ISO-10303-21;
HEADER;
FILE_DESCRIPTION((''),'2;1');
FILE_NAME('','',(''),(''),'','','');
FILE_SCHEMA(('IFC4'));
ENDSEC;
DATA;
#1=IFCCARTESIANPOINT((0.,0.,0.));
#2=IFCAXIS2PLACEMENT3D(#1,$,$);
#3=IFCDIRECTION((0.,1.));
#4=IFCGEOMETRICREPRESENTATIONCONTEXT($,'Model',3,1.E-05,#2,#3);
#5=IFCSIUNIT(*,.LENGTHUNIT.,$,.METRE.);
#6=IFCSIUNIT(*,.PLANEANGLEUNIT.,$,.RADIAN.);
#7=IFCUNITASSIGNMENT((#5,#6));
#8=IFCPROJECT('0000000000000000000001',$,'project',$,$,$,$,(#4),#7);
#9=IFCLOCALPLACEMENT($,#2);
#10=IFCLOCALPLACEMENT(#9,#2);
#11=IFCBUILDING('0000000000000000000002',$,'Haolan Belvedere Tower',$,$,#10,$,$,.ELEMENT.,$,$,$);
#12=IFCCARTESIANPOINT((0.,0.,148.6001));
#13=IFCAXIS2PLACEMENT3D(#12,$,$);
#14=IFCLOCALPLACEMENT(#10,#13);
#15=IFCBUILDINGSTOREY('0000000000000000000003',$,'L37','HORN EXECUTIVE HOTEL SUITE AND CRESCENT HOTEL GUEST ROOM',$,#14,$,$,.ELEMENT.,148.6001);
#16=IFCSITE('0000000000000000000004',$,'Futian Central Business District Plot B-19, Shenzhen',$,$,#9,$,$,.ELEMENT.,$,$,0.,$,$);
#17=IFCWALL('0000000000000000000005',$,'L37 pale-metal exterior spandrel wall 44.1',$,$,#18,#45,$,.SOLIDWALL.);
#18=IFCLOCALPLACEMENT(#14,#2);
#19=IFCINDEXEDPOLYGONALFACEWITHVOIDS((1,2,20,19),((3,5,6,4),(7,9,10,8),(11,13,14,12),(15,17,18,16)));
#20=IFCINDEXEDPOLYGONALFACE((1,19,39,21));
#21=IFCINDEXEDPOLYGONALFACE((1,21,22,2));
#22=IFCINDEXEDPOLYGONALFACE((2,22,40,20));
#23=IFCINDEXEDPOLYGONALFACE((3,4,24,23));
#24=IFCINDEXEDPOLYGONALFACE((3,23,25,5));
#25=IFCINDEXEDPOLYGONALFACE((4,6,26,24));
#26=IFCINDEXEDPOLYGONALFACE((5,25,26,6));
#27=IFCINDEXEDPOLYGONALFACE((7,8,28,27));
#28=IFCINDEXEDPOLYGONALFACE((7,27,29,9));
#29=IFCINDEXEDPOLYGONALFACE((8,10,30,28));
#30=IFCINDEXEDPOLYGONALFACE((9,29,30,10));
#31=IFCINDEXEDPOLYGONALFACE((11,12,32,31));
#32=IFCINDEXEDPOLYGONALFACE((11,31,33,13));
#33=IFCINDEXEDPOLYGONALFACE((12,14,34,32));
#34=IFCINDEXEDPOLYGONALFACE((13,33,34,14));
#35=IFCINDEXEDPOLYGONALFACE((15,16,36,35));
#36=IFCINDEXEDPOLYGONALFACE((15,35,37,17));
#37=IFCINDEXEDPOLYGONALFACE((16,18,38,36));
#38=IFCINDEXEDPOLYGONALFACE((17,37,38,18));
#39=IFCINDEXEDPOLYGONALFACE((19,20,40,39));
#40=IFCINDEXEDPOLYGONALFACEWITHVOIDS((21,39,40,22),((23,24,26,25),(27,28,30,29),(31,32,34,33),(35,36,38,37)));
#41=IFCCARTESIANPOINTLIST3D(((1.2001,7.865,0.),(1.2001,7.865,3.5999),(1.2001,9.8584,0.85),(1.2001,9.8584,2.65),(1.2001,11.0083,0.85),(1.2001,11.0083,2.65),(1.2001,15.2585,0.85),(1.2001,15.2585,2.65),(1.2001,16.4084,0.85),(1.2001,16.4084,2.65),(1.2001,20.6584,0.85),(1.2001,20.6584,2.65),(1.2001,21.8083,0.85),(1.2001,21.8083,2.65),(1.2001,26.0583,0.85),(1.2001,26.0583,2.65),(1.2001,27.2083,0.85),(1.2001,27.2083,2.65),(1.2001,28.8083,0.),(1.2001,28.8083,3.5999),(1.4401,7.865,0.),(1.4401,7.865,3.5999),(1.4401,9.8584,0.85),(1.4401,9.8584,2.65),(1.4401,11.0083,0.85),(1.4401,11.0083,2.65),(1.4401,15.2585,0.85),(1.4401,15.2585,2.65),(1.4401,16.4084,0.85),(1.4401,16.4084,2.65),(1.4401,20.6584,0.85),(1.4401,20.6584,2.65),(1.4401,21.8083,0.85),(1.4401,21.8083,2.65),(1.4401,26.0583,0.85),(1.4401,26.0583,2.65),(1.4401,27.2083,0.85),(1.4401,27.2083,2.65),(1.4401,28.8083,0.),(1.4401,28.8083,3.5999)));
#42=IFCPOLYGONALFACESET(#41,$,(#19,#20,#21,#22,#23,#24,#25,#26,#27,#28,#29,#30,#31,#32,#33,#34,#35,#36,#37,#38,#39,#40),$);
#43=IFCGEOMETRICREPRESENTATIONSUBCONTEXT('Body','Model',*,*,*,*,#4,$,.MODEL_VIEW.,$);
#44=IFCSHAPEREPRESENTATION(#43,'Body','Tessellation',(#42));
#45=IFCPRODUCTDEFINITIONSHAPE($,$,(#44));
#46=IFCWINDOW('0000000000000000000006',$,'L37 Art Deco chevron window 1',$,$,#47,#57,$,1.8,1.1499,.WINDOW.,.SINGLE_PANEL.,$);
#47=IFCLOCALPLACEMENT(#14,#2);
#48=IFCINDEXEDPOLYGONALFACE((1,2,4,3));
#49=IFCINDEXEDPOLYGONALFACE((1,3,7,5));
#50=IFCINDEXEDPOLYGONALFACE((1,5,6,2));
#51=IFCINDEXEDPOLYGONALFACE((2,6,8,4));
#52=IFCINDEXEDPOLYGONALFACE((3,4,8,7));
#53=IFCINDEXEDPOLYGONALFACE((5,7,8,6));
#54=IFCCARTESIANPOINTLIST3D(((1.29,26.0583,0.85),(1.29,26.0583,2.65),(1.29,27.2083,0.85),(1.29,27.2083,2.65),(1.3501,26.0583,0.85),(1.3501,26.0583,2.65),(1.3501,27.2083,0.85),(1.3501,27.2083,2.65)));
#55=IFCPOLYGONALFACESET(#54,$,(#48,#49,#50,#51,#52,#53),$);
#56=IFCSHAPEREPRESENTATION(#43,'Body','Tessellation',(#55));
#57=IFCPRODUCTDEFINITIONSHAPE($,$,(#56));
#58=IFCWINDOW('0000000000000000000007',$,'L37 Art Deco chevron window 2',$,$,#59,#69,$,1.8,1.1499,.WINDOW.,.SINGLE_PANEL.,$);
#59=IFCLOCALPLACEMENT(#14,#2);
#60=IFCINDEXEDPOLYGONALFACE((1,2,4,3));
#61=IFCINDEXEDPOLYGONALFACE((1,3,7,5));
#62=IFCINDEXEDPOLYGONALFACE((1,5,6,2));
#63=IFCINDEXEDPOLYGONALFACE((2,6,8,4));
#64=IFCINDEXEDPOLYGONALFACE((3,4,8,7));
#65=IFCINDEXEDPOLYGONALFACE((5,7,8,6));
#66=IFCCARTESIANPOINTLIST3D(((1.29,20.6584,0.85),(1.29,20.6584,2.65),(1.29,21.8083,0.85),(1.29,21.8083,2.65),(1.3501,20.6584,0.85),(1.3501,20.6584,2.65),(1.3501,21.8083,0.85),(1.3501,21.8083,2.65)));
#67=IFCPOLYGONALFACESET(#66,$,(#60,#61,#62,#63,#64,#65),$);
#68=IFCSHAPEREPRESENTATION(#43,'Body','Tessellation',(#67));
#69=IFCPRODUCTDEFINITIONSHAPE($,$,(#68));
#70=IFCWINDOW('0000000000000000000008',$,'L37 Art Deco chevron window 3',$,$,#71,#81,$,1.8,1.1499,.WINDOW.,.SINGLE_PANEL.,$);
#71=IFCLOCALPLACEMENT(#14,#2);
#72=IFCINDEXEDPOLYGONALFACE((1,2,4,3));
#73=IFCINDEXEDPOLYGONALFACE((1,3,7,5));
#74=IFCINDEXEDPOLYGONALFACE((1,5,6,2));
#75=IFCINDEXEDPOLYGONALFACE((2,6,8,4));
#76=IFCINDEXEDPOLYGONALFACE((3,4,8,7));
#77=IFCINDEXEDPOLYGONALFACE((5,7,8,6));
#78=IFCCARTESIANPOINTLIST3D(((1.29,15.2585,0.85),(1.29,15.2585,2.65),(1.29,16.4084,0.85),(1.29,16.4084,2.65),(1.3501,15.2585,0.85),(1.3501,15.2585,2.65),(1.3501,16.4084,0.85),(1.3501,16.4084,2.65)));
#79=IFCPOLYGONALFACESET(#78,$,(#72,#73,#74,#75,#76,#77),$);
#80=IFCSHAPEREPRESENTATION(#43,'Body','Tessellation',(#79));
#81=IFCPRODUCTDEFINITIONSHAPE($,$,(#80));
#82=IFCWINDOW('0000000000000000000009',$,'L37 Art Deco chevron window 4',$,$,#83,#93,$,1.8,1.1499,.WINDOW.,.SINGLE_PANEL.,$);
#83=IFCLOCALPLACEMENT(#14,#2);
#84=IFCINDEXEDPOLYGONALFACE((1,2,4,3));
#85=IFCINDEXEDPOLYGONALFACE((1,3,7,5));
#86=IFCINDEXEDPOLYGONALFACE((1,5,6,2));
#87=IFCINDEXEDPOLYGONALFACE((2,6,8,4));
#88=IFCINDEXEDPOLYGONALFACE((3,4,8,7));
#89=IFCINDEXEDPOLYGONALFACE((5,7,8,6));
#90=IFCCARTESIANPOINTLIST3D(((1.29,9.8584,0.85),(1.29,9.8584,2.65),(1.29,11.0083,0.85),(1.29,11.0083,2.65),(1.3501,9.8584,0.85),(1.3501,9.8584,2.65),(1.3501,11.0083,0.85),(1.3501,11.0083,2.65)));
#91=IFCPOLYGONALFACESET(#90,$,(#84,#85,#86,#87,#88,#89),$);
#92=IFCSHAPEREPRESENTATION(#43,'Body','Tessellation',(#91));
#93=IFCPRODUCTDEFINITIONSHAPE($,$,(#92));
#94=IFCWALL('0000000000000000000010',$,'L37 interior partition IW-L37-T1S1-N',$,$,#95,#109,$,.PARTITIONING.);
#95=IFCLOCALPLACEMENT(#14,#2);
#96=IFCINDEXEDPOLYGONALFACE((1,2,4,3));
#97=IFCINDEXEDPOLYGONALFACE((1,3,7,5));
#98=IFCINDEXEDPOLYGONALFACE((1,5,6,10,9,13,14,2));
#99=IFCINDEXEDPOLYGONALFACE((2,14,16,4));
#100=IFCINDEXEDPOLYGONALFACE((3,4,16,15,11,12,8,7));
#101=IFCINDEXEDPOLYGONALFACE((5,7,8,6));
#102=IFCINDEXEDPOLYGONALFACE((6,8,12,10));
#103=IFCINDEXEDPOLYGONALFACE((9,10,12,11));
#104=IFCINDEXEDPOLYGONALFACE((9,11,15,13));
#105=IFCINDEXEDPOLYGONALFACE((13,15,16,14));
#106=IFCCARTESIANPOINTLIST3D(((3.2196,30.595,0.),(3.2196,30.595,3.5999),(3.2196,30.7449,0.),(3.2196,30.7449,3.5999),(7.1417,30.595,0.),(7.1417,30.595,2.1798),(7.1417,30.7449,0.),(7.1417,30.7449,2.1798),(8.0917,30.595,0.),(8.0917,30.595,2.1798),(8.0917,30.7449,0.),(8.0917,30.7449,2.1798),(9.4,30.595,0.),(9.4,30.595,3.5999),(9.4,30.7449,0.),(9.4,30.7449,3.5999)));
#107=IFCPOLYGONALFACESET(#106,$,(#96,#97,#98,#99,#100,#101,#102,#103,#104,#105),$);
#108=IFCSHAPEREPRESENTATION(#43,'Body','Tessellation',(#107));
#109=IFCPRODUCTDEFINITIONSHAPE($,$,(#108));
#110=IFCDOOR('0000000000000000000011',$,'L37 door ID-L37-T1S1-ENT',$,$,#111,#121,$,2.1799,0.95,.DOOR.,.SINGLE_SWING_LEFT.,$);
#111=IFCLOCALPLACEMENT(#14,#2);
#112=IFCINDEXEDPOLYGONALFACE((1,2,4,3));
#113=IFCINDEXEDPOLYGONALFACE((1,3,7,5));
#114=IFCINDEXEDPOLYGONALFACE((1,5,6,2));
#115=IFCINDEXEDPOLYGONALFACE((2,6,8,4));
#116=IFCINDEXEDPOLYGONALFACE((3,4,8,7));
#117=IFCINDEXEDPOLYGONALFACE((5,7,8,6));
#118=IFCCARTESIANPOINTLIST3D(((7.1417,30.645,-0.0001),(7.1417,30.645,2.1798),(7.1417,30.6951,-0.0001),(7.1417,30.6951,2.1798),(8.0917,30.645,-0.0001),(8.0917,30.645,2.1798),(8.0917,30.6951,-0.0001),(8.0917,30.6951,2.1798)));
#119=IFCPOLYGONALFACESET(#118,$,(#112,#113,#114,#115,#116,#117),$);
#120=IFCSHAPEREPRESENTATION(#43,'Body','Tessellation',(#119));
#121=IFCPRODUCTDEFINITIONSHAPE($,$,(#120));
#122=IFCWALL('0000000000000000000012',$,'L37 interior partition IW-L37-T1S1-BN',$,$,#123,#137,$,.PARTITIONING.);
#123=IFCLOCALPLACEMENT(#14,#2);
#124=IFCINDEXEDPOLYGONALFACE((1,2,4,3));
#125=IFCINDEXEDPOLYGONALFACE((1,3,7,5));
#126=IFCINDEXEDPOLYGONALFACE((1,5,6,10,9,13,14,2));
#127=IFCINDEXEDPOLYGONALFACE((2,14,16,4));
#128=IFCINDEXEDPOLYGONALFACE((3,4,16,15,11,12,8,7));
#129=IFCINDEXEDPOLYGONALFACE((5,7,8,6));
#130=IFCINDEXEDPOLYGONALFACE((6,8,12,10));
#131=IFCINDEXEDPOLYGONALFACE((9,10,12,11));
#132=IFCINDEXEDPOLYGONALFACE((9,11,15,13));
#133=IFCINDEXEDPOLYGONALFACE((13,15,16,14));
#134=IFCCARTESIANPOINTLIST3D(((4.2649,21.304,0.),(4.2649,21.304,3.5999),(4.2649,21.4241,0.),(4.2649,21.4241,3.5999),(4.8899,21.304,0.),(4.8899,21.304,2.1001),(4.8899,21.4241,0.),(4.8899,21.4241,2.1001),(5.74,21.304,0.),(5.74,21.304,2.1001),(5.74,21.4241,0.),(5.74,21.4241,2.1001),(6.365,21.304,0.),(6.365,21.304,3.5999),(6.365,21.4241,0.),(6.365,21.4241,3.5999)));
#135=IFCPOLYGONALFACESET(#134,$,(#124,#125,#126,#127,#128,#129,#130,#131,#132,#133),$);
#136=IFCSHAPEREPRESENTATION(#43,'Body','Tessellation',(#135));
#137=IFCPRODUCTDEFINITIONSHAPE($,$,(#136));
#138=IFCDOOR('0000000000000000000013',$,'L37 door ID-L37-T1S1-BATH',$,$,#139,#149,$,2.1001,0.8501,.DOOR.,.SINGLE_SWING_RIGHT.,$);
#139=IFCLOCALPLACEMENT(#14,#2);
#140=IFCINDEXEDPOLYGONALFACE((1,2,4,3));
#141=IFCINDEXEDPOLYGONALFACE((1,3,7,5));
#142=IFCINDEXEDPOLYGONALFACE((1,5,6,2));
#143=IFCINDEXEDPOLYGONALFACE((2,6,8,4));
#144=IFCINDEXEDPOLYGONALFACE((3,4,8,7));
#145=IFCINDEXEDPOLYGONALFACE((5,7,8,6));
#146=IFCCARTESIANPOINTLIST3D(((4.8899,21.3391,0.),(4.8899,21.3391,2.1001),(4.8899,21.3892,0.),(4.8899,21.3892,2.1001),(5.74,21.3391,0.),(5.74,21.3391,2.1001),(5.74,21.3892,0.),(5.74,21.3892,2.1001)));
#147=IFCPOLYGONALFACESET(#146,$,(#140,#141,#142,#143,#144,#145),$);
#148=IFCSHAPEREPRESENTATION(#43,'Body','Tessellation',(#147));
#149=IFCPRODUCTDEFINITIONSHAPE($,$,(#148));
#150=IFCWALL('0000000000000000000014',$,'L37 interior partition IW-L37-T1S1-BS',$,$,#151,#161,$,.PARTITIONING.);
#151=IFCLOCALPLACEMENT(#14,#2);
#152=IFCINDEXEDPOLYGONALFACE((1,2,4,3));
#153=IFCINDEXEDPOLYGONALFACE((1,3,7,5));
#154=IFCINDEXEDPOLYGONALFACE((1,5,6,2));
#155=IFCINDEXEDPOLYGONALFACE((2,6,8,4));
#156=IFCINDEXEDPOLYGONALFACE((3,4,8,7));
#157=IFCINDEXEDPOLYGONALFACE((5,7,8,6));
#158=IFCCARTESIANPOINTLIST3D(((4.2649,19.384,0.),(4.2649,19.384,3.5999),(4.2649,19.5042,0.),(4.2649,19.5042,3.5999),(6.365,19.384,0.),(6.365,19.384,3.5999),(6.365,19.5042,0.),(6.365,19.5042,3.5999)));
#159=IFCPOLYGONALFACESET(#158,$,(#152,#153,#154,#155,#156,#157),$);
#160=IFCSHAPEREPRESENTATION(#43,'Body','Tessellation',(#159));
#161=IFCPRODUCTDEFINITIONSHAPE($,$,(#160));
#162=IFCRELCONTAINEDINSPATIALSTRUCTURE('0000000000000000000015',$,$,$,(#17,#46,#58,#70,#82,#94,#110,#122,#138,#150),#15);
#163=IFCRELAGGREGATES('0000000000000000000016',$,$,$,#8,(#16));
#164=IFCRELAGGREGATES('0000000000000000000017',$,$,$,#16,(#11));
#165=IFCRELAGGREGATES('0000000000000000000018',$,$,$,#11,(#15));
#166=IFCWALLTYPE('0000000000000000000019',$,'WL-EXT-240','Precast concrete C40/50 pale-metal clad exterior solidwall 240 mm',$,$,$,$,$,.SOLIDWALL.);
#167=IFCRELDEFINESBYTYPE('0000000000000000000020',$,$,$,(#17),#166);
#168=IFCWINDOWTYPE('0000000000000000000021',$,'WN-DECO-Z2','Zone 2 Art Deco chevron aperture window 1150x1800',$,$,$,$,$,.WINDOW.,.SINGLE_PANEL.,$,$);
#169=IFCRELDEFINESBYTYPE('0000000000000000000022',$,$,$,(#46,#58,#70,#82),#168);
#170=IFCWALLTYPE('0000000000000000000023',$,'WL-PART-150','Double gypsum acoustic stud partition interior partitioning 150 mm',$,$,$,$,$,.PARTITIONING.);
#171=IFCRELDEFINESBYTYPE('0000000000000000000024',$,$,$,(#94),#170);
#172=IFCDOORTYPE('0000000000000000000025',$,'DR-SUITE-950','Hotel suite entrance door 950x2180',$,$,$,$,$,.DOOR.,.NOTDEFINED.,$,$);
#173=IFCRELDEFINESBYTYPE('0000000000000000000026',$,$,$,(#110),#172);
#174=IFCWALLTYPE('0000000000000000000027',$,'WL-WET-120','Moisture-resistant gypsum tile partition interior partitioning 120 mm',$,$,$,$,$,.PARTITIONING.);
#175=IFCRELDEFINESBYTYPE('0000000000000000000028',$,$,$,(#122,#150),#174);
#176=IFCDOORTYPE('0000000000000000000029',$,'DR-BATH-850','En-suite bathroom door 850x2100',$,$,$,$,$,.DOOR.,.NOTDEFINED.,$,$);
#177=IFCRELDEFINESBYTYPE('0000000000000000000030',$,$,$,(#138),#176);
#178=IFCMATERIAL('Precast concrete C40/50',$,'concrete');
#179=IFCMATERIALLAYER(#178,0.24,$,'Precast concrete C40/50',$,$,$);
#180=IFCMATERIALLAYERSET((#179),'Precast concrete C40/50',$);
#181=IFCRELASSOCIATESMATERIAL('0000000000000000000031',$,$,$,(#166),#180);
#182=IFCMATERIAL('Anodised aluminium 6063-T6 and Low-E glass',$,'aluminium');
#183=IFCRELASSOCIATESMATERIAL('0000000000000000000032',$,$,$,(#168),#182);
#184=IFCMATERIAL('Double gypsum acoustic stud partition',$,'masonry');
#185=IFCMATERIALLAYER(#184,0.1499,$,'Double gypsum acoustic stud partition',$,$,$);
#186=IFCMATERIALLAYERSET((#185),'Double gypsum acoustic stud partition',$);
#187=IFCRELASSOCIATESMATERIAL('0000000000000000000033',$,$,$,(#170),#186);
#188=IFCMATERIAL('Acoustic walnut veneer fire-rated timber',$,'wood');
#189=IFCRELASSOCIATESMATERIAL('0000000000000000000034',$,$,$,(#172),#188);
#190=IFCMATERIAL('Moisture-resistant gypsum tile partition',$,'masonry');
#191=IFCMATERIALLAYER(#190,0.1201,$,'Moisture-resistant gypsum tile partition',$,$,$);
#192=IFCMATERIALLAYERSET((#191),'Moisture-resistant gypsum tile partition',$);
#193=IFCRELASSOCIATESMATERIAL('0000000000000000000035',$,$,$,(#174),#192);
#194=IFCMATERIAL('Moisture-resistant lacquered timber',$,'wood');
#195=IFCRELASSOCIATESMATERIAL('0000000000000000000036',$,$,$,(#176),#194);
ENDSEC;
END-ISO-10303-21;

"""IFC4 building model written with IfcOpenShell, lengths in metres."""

from ifc_helpers import new_model, si_unit, direction, frame, frame_2d, origin, place, context, subcontext, project, spatial, rectangle, extrude, material, layer, layer_set, type_object, element, fill, save


model = new_model("IFC4")

# Units and contexts
model_context = context("Model", 3, precision=1e-05, world=origin(), true_north=direction((0.0, 1.0)))
body_context = subcontext(model_context, "Body", "Model", "MODEL_VIEW")
ifc_project = project(units=[si_unit("LENGTHUNIT", "METRE"), si_unit("PLANEANGLEUNIT", "RADIAN")], contexts=[model_context])

# Site, building, storey
site_placement = place(None, origin())
site = spatial("IfcSite", under=ifc_project, at=site_placement, Name="Futian Central Business District Plot B-19, Shenzhen", CompositionType="ELEMENT", RefElevation=0.0)
building_placement = place(site_placement, origin())
building = spatial("IfcBuilding", under=site, at=building_placement, Name="Haolan Belvedere Tower", CompositionType="ELEMENT")
storey_placement = place(building_placement, frame((0.0, 0.0, 148.6001)))
storey = spatial("IfcBuildingStorey", under=building, at=storey_placement, Name="L37", Description="HORN EXECUTIVE HOTEL SUITE AND CRESCENT HOTEL GUEST ROOM", CompositionType="ELEMENT", Elevation=148.6001)

# Wall, openings, windows
ifc_material_1 = material(Name="Precast concrete C40/50", Category="concrete")
ifc_layer_1 = layer(ifc_material_1, 0.24, Name="Precast concrete C40/50")
ifc_layer_set_1 = layer_set([ifc_layer_1], Name="Precast concrete C40/50")
wall_type_1 = type_object("IfcWallType", Name="WL-EXT-240", Description="Precast concrete C40/50 pale-metal clad exterior solidwall 240 mm", PredefinedType="SOLIDWALL", material=ifc_layer_set_1)
wall_1_placement = place(storey_placement, frame((1.3201, 28.8083, 0.0), z_axis=(0.0, 0.0, 1.0), x_axis=(0.0, -1.0, 0.0)))
wall_1 = element("IfcWall", 1, at=wall_1_placement, inside=storey, type_object=wall_type_1, Name="L37 pale-metal exterior spandrel wall 44.1", PredefinedType="SOLIDWALL", context=body_context, shape_type="SweptSolid", body=[
    extrude(rectangle(XDim=20.9434, YDim=0.24, at=frame_2d((10.4717, 0.0))), origin(), (0.0, 0.0, 1.0), 3.5999),
])
opening_1_placement = place(wall_1_placement, frame((1.6001, 0.0, 0.8501)))
opening_1 = element("IfcOpeningElement", 2, at=opening_1_placement, cuts=wall_1, PredefinedType="OPENING", context=body_context, shape_type="SweptSolid", body=[
    extrude(rectangle(XDim=1.1499, YDim=1.8, at=frame_2d((0.575, 0.8999))), frame((0.0, 0.1299, 0.0), z_axis=(0.0, -1.0, 0.0), x_axis=(1.0, 0.0, 0.0)), (0.0, 0.0, 1.0), 0.26),
])
opening_2_placement = place(wall_1_placement, frame((7.0, 0.0, 0.8501)))
opening_2 = element("IfcOpeningElement", 3, at=opening_2_placement, cuts=wall_1, PredefinedType="OPENING", context=body_context, shape_type="SweptSolid", body=[
    extrude(rectangle(XDim=1.1499, YDim=1.8, at=frame_2d((0.575, 0.8999))), frame((0.0, 0.1299, 0.0), z_axis=(0.0, -1.0, 0.0), x_axis=(1.0, 0.0, 0.0)), (0.0, 0.0, 1.0), 0.26),
])
opening_3_placement = place(wall_1_placement, frame((12.3999, 0.0, 0.8501)))
opening_3 = element("IfcOpeningElement", 4, at=opening_3_placement, cuts=wall_1, PredefinedType="OPENING", context=body_context, shape_type="SweptSolid", body=[
    extrude(rectangle(XDim=1.1499, YDim=1.8, at=frame_2d((0.575, 0.8999))), frame((0.0, 0.1299, 0.0), z_axis=(0.0, -1.0, 0.0), x_axis=(1.0, 0.0, 0.0)), (0.0, 0.0, 1.0), 0.26),
])
opening_4_placement = place(wall_1_placement, frame((17.8, 0.0, 0.8501)))
opening_4 = element("IfcOpeningElement", 5, at=opening_4_placement, cuts=wall_1, PredefinedType="OPENING", context=body_context, shape_type="SweptSolid", body=[
    extrude(rectangle(XDim=1.1499, YDim=1.8, at=frame_2d((0.575, 0.8999))), frame((0.0, 0.1299, 0.0), z_axis=(0.0, -1.0, 0.0), x_axis=(1.0, 0.0, 0.0)), (0.0, 0.0, 1.0), 0.26),
])
ifc_material_2 = material(Name="Anodised aluminium 6063-T6 and Low-E glass", Category="aluminium")
window_type = type_object("IfcWindowType", Name="WN-DECO-Z2", Description="Zone 2 Art Deco chevron aperture window 1150x1800", PartitioningType="SINGLE_PANEL", PredefinedType="WINDOW", material=ifc_material_2)
window_1_placement = place(opening_1_placement, origin())
window_1 = element("IfcWindow", 6, at=window_1_placement, inside=storey, type_object=window_type, Name="L37 Art Deco chevron window 1", OverallHeight=1.8, OverallWidth=1.1499, PartitioningType="SINGLE_PANEL", PredefinedType="WINDOW", context=body_context, shape_type="SweptSolid", body=[
    extrude(rectangle(XDim=1.1499, YDim=1.8, at=frame_2d((0.575, 0.8999))), frame((0.0, 0.03, 0.0), z_axis=(0.0, -1.0, 0.0), x_axis=(1.0, 0.0, 0.0)), (0.0, 0.0, 1.0), 0.0601),
])
fill(opening_1, window_1)
window_2_placement = place(opening_2_placement, origin())
window_2 = element("IfcWindow", 7, at=window_2_placement, inside=storey, type_object=window_type, Name="L37 Art Deco chevron window 2", OverallHeight=1.8, OverallWidth=1.1499, PartitioningType="SINGLE_PANEL", PredefinedType="WINDOW", context=body_context, shape_type="SweptSolid", body=[
    extrude(rectangle(XDim=1.1499, YDim=1.8, at=frame_2d((0.575, 0.8999))), frame((0.0, 0.03, 0.0), z_axis=(0.0, -1.0, 0.0), x_axis=(1.0, 0.0, 0.0)), (0.0, 0.0, 1.0), 0.0601),
])
fill(opening_2, window_2)
window_3_placement = place(opening_3_placement, origin())
window_3 = element("IfcWindow", 8, at=window_3_placement, inside=storey, type_object=window_type, Name="L37 Art Deco chevron window 3", OverallHeight=1.8, OverallWidth=1.1499, PartitioningType="SINGLE_PANEL", PredefinedType="WINDOW", context=body_context, shape_type="SweptSolid", body=[
    extrude(rectangle(XDim=1.1499, YDim=1.8, at=frame_2d((0.575, 0.8999))), frame((0.0, 0.03, 0.0), z_axis=(0.0, -1.0, 0.0), x_axis=(1.0, 0.0, 0.0)), (0.0, 0.0, 1.0), 0.0601),
])
fill(opening_3, window_3)
window_4_placement = place(opening_4_placement, origin())
window_4 = element("IfcWindow", 9, at=window_4_placement, inside=storey, type_object=window_type, Name="L37 Art Deco chevron window 4", OverallHeight=1.8, OverallWidth=1.1499, PartitioningType="SINGLE_PANEL", PredefinedType="WINDOW", context=body_context, shape_type="SweptSolid", body=[
    extrude(rectangle(XDim=1.1499, YDim=1.8, at=frame_2d((0.575, 0.8999))), frame((0.0, 0.03, 0.0), z_axis=(0.0, -1.0, 0.0), x_axis=(1.0, 0.0, 0.0)), (0.0, 0.0, 1.0), 0.0601),
])
fill(opening_4, window_4)

# Walls, openings, doors
ifc_material_3 = material(Name="Double gypsum acoustic stud partition", Category="masonry")
ifc_layer_2 = layer(ifc_material_3, 0.1499, Name="Double gypsum acoustic stud partition")
ifc_layer_set_2 = layer_set([ifc_layer_2], Name="Double gypsum acoustic stud partition")
wall_type_2 = type_object("IfcWallType", Name="WL-PART-150", Description="Double gypsum acoustic stud partition interior partitioning 150 mm", PredefinedType="PARTITIONING", material=ifc_layer_set_2)
wall_2_placement = place(storey_placement, frame((3.2195, 30.6699, 0.0), z_axis=(0.0, 0.0, 1.0), x_axis=(1.0, 0.0, 0.0)))
wall_2 = element("IfcWall", 10, at=wall_2_placement, inside=storey, type_object=wall_type_2, Name="L37 interior partition IW-L37-T1S1-N", PredefinedType="PARTITIONING", context=body_context, shape_type="SweptSolid", body=[
    extrude(rectangle(XDim=6.1804, YDim=0.1499, at=frame_2d((3.0903, 0.0))), origin(), (0.0, 0.0, 1.0), 3.5999),
])
opening_5_placement = place(wall_2_placement, frame((4.8723, 0.0, 0.0), z_axis=(0.0, 0.0, 1.0), x_axis=(-1.0, 0.0, 0.0)))
opening_5 = element("IfcOpeningElement", 11, at=opening_5_placement, cuts=wall_2, PredefinedType="OPENING", context=body_context, shape_type="SweptSolid", body=[
    extrude(rectangle(XDim=0.95, YDim=2.1799, at=frame_2d((0.4751, 1.0898))), frame((0.0, 0.085, 0.0), z_axis=(0.0, -1.0, 0.0), x_axis=(1.0, 0.0, 0.0)), (0.0, 0.0, 1.0), 0.1699),
])
ifc_material_4 = material(Name="Acoustic walnut veneer fire-rated timber", Category="wood")
door_type_1 = type_object("IfcDoorType", Name="DR-SUITE-950", Description="Hotel suite entrance door 950x2180", OperationType="NOTDEFINED", PredefinedType="DOOR", material=ifc_material_4)
door_1_placement = place(opening_5_placement, origin())
door_1 = element("IfcDoor", 12, at=door_1_placement, inside=storey, type_object=door_type_1, Name="L37 door ID-L37-T1S1-ENT", OperationType="SINGLE_SWING_LEFT", OverallHeight=2.1799, OverallWidth=0.95, PredefinedType="DOOR", context=body_context, shape_type="SweptSolid", body=[
    extrude(rectangle(XDim=0.95, YDim=2.1799, at=frame_2d((0.4751, 1.0898))), frame((0.0, 0.0249, 0.0), z_axis=(0.0, -1.0, 0.0), x_axis=(1.0, 0.0, 0.0)), (0.0, 0.0, 1.0), 0.05),
])
fill(opening_5, door_1)
ifc_material_5 = material(Name="Moisture-resistant gypsum tile partition", Category="masonry")
ifc_layer_3 = layer(ifc_material_5, 0.1201, Name="Moisture-resistant gypsum tile partition")
ifc_layer_set_3 = layer_set([ifc_layer_3], Name="Moisture-resistant gypsum tile partition")
wall_type_3 = type_object("IfcWallType", Name="WL-WET-120", Description="Moisture-resistant gypsum tile partition interior partitioning 120 mm", PredefinedType="PARTITIONING", material=ifc_layer_set_3)
wall_3_placement = place(storey_placement, frame((4.2649, 21.364, 0.0), z_axis=(0.0, 0.0, 1.0), x_axis=(1.0, 0.0, 0.0)))
wall_3 = element("IfcWall", 13, at=wall_3_placement, inside=storey, type_object=wall_type_3, Name="L37 interior partition IW-L37-T1S1-BN", PredefinedType="PARTITIONING", context=body_context, shape_type="SweptSolid", body=[
    extrude(rectangle(XDim=2.1001, YDim=0.1201, at=frame_2d((1.05, 0.0))), origin(), (0.0, 0.0, 1.0), 3.5999),
])
opening_6_placement = place(wall_3_placement, frame((1.4751, 0.0, 0.0), z_axis=(0.0, 0.0, 1.0), x_axis=(-1.0, 0.0, 0.0)))
opening_6 = element("IfcOpeningElement", 14, at=opening_6_placement, cuts=wall_3, PredefinedType="OPENING", context=body_context, shape_type="SweptSolid", body=[
    extrude(rectangle(XDim=0.8501, YDim=2.1001, at=frame_2d((0.425, 1.05))), frame((0.0, 0.0701, 0.0), z_axis=(0.0, -1.0, 0.0), x_axis=(1.0, 0.0, 0.0)), (0.0, 0.0, 1.0), 0.1401),
])
ifc_material_6 = material(Name="Moisture-resistant lacquered timber", Category="wood")
door_type_2 = type_object("IfcDoorType", Name="DR-BATH-850", Description="En-suite bathroom door 850x2100", OperationType="NOTDEFINED", PredefinedType="DOOR", material=ifc_material_6)
door_2_placement = place(opening_6_placement, origin())
door_2 = element("IfcDoor", 15, at=door_2_placement, inside=storey, type_object=door_type_2, Name="L37 door ID-L37-T1S1-BATH", OperationType="SINGLE_SWING_RIGHT", OverallHeight=2.1001, OverallWidth=0.8501, PredefinedType="DOOR", context=body_context, shape_type="SweptSolid", body=[
    extrude(rectangle(XDim=0.8501, YDim=2.1001, at=frame_2d((0.425, 1.05))), frame((0.0, 0.0249, 0.0), z_axis=(0.0, -1.0, 0.0), x_axis=(1.0, 0.0, 0.0)), (0.0, 0.0, 1.0), 0.05),
])
fill(opening_6, door_2)

# Wall
wall_4_placement = place(storey_placement, frame((4.2649, 19.4441, 0.0), z_axis=(0.0, 0.0, 1.0), x_axis=(1.0, 0.0, 0.0)))
element("IfcWall", 16, at=wall_4_placement, inside=storey, type_object=wall_type_3, Name="L37 interior partition IW-L37-T1S1-BS", PredefinedType="PARTITIONING", context=body_context, shape_type="SweptSolid", body=[
    extrude(rectangle(XDim=2.1001, YDim=0.1201, at=frame_2d((1.05, 0.0))), origin(), (0.0, 0.0, 1.0), 3.5999),
])

save(model, "model.ifc")
